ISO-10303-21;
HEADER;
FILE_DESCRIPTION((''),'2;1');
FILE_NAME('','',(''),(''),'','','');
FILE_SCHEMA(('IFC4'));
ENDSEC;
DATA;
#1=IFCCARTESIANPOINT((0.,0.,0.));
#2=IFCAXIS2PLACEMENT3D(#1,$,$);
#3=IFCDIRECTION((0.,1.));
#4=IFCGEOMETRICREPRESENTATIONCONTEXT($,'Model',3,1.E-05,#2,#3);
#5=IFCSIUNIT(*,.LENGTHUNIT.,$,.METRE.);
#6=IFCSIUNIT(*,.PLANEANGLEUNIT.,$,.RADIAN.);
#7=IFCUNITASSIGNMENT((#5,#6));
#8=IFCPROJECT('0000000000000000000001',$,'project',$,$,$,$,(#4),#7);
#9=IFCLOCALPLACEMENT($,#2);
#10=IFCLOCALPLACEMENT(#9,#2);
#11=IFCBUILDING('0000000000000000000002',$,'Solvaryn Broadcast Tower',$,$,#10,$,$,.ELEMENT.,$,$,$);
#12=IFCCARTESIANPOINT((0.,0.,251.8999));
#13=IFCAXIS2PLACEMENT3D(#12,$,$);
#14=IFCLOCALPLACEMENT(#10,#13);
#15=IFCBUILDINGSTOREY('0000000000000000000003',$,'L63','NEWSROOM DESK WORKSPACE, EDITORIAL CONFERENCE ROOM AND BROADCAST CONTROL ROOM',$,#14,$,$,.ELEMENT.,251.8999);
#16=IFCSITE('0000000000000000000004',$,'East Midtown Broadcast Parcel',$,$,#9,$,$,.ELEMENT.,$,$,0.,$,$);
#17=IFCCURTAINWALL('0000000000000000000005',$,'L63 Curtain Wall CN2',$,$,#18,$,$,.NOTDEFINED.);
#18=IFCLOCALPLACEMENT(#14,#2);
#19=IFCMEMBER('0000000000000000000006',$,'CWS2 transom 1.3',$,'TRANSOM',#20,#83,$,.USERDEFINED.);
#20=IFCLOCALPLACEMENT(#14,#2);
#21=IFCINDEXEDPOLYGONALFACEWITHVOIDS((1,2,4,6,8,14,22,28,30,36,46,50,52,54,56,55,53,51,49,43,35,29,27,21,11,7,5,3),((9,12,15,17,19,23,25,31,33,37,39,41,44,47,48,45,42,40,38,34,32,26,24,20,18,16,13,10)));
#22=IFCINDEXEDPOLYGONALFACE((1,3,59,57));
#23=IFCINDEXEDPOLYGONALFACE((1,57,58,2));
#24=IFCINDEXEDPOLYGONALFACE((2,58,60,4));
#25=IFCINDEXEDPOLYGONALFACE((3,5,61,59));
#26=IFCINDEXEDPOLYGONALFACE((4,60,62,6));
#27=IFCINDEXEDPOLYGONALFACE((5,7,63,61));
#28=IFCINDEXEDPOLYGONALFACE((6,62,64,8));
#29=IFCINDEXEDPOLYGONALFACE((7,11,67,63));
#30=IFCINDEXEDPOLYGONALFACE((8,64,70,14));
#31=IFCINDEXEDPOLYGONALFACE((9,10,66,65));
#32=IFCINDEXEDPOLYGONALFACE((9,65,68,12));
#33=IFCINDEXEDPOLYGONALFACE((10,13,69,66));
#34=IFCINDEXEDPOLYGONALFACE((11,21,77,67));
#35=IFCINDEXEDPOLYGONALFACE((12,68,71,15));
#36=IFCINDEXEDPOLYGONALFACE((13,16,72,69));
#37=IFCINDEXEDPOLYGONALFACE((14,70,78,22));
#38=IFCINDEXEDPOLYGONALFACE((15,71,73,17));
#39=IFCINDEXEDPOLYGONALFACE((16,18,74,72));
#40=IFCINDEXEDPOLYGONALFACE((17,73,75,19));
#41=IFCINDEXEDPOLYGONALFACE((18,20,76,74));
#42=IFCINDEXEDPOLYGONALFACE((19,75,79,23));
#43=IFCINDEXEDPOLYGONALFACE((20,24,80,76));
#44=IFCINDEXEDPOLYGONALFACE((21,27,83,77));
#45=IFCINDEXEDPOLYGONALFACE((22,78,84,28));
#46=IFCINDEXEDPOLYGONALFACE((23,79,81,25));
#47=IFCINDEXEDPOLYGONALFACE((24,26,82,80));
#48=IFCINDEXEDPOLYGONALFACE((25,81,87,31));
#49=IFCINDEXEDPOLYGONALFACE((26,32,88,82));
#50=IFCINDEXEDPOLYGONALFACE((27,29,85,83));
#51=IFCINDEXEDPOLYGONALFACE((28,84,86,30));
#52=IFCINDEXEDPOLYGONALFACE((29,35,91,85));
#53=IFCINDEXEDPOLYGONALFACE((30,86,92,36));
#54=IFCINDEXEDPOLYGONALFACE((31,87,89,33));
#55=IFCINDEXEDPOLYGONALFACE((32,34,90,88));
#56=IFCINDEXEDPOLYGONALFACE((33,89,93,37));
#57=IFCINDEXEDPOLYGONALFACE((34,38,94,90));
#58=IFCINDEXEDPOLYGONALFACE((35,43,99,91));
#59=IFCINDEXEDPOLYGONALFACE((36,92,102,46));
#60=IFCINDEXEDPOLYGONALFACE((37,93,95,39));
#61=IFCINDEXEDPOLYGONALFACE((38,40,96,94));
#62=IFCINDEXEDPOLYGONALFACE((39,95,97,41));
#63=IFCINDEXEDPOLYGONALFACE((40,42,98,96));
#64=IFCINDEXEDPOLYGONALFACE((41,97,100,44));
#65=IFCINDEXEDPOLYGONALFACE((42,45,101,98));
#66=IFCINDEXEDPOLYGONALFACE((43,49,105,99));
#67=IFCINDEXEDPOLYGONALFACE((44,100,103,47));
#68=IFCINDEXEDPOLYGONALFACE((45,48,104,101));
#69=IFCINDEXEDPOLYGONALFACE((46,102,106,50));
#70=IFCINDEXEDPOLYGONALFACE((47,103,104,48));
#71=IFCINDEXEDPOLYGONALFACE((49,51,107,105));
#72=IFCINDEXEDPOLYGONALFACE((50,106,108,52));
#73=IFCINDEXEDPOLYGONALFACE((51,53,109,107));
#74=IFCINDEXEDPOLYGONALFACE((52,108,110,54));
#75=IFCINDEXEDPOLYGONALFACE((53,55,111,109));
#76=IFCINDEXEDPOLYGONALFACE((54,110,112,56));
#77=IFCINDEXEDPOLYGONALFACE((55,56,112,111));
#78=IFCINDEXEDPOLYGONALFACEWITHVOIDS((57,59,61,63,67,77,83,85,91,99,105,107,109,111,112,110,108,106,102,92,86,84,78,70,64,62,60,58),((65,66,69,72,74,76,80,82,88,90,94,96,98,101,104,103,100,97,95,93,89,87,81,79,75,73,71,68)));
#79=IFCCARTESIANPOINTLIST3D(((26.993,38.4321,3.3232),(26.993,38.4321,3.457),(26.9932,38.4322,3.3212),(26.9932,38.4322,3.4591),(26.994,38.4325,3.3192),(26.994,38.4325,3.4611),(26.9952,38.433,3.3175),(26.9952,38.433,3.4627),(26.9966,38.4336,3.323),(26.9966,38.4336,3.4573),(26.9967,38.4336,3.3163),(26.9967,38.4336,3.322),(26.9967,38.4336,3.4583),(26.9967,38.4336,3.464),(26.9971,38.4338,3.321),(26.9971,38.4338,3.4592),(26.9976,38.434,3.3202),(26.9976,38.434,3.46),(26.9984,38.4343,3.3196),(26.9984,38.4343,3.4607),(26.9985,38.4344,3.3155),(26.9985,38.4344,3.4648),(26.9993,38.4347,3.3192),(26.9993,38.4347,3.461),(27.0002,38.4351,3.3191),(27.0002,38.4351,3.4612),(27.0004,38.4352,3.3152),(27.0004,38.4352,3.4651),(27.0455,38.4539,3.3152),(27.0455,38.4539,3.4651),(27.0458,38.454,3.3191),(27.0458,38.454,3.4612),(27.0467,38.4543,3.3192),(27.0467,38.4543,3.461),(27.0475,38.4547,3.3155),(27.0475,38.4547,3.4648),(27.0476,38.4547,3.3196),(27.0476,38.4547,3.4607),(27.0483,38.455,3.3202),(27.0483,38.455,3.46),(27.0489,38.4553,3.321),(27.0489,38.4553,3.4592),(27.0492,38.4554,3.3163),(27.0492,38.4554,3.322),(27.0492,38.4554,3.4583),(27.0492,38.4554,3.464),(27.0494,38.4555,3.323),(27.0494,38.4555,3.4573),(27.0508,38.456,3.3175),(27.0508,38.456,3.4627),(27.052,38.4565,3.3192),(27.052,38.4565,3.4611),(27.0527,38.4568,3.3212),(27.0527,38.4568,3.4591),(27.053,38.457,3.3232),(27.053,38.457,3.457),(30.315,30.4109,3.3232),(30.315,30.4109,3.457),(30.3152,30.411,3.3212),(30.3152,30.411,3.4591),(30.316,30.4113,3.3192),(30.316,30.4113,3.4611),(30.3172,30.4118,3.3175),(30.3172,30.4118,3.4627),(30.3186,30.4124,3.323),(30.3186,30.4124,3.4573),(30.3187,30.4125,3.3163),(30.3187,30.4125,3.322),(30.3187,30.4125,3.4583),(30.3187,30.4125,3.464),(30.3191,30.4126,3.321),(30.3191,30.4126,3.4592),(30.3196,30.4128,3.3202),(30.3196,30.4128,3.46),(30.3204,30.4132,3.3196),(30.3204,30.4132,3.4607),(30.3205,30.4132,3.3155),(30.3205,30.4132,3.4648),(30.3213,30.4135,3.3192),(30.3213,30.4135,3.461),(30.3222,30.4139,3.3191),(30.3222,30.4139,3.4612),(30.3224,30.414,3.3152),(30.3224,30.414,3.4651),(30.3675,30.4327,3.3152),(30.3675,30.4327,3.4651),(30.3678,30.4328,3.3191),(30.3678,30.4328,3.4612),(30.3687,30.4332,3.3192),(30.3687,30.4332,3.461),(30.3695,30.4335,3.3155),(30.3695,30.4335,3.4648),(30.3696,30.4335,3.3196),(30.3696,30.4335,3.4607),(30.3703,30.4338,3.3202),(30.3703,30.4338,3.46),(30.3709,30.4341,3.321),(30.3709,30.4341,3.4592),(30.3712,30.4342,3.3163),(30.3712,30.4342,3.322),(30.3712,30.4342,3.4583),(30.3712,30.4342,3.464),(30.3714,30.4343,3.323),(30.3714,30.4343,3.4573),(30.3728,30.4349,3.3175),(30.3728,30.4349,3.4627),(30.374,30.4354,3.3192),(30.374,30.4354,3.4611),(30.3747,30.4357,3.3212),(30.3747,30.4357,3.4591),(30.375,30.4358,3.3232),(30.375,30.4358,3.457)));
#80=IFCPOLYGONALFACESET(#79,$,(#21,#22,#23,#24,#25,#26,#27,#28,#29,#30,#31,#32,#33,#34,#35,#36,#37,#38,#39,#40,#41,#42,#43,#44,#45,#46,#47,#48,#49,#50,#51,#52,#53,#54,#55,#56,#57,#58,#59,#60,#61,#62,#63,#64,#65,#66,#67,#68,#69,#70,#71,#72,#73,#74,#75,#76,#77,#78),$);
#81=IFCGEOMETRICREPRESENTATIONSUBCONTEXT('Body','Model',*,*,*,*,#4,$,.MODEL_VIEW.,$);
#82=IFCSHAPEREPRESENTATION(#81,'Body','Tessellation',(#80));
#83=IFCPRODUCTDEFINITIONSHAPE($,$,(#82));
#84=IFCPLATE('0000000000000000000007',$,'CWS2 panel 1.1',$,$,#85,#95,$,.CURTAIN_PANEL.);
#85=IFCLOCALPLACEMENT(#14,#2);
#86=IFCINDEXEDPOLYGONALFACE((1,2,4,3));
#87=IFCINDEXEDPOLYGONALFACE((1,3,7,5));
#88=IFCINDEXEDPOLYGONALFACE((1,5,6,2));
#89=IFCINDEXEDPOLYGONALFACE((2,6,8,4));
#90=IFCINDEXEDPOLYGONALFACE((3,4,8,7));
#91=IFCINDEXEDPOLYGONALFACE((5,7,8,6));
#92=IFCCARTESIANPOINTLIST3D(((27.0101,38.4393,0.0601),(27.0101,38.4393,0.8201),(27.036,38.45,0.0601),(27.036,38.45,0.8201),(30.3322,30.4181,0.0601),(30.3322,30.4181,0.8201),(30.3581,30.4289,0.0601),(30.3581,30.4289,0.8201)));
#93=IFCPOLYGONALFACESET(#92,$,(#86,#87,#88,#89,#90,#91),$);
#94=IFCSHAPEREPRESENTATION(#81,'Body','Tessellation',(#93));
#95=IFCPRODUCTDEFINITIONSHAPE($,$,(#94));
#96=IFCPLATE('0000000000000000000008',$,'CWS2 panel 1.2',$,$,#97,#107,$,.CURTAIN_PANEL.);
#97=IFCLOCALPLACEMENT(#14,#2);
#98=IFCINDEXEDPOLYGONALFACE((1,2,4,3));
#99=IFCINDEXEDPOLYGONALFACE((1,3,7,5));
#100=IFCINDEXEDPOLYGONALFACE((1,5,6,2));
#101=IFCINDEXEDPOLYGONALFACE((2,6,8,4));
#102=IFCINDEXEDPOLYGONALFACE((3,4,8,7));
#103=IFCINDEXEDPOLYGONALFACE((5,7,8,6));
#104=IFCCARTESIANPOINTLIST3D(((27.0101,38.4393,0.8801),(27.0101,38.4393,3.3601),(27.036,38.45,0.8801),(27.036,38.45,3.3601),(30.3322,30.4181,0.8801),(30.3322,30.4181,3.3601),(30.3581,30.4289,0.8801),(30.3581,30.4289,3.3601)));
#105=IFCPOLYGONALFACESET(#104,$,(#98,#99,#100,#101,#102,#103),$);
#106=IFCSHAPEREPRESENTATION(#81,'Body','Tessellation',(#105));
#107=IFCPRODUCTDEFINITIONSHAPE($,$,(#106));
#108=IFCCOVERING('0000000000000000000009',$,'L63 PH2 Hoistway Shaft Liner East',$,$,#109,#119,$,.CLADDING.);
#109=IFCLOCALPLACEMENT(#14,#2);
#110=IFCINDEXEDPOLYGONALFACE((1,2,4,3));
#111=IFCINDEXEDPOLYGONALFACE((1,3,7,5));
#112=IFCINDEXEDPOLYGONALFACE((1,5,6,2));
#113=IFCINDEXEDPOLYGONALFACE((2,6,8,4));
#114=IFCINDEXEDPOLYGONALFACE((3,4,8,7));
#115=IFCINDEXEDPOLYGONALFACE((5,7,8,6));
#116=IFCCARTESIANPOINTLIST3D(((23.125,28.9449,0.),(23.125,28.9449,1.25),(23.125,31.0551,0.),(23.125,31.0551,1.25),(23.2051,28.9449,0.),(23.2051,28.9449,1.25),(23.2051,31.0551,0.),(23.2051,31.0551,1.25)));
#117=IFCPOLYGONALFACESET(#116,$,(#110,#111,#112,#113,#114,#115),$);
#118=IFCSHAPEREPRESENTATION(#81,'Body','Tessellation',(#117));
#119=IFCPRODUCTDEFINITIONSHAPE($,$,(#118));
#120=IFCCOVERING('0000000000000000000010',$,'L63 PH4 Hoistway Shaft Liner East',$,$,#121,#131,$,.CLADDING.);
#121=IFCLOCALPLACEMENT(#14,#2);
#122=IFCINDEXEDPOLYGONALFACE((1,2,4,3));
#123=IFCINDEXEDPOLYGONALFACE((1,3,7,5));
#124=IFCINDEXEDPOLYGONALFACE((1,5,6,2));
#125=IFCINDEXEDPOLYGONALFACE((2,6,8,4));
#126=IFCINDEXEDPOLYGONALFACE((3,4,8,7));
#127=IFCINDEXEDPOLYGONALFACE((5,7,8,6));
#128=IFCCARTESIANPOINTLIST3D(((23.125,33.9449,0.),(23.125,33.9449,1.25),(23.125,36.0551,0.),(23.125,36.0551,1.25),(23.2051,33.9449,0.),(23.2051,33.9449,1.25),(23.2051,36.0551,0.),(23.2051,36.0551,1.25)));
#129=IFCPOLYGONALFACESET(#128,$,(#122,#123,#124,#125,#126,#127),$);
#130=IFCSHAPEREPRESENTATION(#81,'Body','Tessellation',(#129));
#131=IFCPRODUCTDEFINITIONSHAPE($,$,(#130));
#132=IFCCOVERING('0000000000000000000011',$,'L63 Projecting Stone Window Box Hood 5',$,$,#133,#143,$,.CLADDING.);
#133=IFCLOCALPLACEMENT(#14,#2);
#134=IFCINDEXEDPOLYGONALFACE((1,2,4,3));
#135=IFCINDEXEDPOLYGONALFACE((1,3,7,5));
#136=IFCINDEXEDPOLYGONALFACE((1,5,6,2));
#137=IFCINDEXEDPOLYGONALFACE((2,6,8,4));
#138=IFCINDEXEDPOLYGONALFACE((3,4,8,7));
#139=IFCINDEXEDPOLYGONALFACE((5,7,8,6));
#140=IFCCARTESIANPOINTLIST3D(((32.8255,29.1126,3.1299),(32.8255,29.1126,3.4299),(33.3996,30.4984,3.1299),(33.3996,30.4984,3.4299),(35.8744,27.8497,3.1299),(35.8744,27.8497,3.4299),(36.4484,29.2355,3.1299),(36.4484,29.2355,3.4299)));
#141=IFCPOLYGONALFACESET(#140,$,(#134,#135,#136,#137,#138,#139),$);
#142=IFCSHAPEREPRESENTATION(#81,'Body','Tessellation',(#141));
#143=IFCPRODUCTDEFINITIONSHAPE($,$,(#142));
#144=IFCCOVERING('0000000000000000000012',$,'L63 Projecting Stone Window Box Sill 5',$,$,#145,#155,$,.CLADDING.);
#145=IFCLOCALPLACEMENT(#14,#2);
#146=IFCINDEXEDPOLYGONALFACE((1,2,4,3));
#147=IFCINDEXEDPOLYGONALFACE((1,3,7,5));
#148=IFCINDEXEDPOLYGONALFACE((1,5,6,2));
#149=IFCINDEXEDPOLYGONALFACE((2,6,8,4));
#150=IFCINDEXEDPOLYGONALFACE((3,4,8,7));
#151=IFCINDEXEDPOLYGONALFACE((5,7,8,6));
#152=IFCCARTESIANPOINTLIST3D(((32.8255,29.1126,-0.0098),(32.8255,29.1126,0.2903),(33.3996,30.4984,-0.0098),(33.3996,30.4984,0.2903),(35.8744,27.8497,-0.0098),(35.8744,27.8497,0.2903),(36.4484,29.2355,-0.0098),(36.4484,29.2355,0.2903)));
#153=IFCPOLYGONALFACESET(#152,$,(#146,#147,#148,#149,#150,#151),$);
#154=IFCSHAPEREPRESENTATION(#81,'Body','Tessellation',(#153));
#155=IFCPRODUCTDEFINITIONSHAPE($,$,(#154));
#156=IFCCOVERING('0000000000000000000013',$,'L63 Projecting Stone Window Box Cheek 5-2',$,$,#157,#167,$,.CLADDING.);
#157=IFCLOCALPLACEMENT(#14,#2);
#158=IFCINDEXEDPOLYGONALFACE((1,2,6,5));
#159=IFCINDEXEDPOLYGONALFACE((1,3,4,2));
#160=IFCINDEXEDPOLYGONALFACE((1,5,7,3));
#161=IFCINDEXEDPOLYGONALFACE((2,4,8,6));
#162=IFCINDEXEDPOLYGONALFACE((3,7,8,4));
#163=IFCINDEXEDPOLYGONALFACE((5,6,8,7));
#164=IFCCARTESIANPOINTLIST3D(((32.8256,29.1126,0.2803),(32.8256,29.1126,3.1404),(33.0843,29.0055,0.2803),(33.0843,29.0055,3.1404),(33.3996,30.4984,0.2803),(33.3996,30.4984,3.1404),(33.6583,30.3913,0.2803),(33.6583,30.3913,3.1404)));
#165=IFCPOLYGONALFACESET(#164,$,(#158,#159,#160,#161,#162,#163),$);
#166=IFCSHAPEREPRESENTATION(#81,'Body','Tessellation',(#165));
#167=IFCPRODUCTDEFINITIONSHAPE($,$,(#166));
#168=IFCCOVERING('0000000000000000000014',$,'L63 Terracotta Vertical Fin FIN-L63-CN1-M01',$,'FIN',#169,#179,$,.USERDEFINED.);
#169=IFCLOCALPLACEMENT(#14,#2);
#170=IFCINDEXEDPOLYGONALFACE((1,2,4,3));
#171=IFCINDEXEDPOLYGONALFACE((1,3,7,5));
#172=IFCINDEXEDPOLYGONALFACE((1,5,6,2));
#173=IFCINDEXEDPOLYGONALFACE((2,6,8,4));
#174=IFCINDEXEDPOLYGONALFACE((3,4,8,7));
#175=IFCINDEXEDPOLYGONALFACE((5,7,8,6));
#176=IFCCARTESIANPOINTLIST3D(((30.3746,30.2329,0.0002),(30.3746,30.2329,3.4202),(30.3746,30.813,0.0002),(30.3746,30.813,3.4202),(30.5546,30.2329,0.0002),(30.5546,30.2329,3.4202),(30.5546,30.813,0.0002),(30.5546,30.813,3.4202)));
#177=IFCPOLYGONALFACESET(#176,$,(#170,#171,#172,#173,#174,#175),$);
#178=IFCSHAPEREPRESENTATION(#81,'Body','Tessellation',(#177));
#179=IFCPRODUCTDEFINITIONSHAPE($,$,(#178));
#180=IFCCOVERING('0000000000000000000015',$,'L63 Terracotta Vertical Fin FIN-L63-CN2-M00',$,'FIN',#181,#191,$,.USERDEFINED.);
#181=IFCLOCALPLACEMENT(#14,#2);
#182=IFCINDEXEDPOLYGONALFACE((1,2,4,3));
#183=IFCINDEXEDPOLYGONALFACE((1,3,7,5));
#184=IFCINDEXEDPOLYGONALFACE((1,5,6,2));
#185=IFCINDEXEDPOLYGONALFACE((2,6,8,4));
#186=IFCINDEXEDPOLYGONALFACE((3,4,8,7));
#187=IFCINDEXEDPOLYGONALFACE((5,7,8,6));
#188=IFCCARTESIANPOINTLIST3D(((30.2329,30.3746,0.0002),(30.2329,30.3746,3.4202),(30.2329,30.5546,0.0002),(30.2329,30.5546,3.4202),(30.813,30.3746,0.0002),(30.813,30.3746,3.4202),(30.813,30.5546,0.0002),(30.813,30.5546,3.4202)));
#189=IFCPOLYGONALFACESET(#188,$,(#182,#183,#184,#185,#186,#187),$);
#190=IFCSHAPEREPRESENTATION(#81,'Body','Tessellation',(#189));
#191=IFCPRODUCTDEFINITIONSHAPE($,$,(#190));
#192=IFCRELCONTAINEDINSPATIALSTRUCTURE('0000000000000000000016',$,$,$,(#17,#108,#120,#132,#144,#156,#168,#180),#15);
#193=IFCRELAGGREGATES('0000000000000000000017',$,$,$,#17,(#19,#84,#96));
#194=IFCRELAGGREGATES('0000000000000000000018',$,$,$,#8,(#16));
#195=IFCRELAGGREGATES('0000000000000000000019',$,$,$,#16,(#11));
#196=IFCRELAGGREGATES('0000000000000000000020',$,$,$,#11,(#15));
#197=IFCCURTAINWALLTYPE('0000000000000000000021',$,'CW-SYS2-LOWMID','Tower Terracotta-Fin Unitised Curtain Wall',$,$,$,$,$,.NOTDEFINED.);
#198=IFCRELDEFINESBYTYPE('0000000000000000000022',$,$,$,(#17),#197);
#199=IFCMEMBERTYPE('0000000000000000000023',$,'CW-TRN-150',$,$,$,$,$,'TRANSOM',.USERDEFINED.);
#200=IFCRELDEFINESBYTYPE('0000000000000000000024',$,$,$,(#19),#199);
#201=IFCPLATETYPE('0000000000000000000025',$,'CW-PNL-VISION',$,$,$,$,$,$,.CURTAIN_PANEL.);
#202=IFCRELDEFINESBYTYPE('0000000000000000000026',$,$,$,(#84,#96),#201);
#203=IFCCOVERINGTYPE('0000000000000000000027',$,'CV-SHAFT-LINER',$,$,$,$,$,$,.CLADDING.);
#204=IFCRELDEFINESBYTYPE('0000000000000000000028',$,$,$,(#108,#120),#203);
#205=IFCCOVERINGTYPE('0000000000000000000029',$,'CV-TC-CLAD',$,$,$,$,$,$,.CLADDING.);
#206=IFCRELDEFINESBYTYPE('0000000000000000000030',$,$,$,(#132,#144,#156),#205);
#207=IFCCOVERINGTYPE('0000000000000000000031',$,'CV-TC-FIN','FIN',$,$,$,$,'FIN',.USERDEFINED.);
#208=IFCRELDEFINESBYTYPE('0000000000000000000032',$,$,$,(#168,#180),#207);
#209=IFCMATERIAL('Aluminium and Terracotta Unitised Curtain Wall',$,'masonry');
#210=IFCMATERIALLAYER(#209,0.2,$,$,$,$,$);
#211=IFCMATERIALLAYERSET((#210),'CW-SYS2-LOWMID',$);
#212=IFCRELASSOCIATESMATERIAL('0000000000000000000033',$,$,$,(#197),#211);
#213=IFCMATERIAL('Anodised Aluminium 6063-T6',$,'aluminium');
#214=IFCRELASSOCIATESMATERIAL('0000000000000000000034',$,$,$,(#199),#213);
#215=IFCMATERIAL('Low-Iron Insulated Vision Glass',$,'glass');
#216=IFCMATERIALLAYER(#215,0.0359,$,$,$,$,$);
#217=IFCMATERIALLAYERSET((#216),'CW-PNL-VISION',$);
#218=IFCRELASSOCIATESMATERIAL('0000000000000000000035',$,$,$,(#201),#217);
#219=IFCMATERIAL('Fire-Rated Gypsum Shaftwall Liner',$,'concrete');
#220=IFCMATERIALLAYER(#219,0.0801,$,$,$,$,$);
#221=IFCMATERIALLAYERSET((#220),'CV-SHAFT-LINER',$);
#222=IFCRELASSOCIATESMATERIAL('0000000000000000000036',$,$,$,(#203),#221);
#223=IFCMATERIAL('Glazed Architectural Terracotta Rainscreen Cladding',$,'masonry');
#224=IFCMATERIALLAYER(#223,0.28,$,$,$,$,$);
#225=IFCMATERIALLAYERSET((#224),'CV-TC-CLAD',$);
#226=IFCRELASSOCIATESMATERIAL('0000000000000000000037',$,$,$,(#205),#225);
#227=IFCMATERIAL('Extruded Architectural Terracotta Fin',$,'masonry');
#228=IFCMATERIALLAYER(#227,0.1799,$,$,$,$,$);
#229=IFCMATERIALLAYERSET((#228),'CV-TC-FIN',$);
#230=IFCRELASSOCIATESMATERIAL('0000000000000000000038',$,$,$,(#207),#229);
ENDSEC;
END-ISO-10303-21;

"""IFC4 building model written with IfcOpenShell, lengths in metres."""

from ifc_helpers import new_model, si_unit, direction, frame, origin, origin_2d, place, context, subcontext, project, spatial, rectangle, hollow_rectangle, extrude, material, layer, layer_set, material_profile, profile_set, type_object, element, aggregate, save


model = new_model("IFC4")

# Units and contexts
model_context = context("Model", 3, precision=1e-05, world=origin(), true_north=direction((0.0, 1.0)))
body_context = subcontext(model_context, "Body", "Model", "MODEL_VIEW")
ifc_project = project(units=[si_unit("LENGTHUNIT", "METRE"), si_unit("PLANEANGLEUNIT", "RADIAN")], contexts=[model_context])

# Site, building, storey
site_placement = place(None, origin())
site = spatial("IfcSite", under=ifc_project, at=site_placement, Name="East Midtown Broadcast Parcel", CompositionType="ELEMENT", RefElevation=0.0)
building_placement = place(site_placement, origin())
building = spatial("IfcBuilding", under=site, at=building_placement, Name="Solvaryn Broadcast Tower", CompositionType="ELEMENT")
storey_placement = place(building_placement, frame((0.0, 0.0, 251.8999)))
storey = spatial("IfcBuildingStorey", under=building, at=storey_placement, Name="L63", Description="NEWSROOM DESK WORKSPACE, EDITORIAL CONFERENCE ROOM AND BROADCAST CONTROL ROOM", CompositionType="ELEMENT", Elevation=251.8999)

# Shared definitions
ifc_material_1 = material(Name="Aluminium and Terracotta Unitised Curtain Wall", Category="masonry")
ifc_layer_1 = layer(ifc_material_1, 0.2)
ifc_layer_set_1 = layer_set([ifc_layer_1], Name="CW-SYS2-LOWMID")
curtain_wall_type = type_object("IfcCurtainWallType", Name="CW-SYS2-LOWMID", Description="Tower Terracotta-Fin Unitised Curtain Wall", PredefinedType="NOTDEFINED", material=ifc_layer_set_1)

# Curtain wall, member, plates
curtain_wall_1_placement = place(storey_placement, origin())
curtain_wall_1 = element("IfcCurtainWall", 1, at=curtain_wall_1_placement, inside=storey, type_object=curtain_wall_type, Name="L63 Curtain Wall CN2", PredefinedType="NOTDEFINED")
ifc_material_2 = material(Name="Anodised Aluminium 6063-T6", Category="aluminium")
ifc_material_profile_1 = material_profile(ifc_material_2, hollow_rectangle(XDim=0.0649, YDim=0.1499, WallThickness=0.0039, InnerFilletRadius=0.0039, OuterFilletRadius=0.0081, at=origin_2d()))
ifc_profile_set_1 = profile_set([ifc_material_profile_1], Name="Anodised Aluminium 6063-T6")
member_type_1 = type_object("IfcMemberType", Name="CW-TRN-150", ElementType="TRANSOM", PredefinedType="USERDEFINED", material=ifc_profile_set_1)
member_1_placement = place(storey_placement, frame((30.345, 30.4233, 3.3901), z_axis=(-0.382636, 0.923899, 0.0), x_axis=(-0.923899, -0.382636, 0.0)))
member_1 = element("IfcMember", 2, at=member_1_placement, type_object=member_type_1, Name="CWS2 transom 1.3", ObjectType="TRANSOM", PredefinedType="USERDEFINED", context=body_context, shape_type="SweptSolid", body=[
    extrude(hollow_rectangle(XDim=0.0649, YDim=0.1499, WallThickness=0.0039, InnerFilletRadius=0.0039, OuterFilletRadius=0.0081, at=origin_2d()), origin(), (0.0, 0.0, 1.0), 8.6819),
])
ifc_material_3 = material(Name="Low-Iron Insulated Vision Glass", Category="glass")
ifc_layer_2 = layer(ifc_material_3, 0.0359)
ifc_layer_set_2 = layer_set([ifc_layer_2], Name="CW-PNL-VISION")
plate_type = type_object("IfcPlateType", Name="CW-PNL-VISION", PredefinedType="CURTAIN_PANEL", material=ifc_layer_set_2)
plate_1_placement = place(storey_placement, frame((28.6841, 34.4341, 0.0601), z_axis=(0.0, 0.0, 1.0), x_axis=(-0.382646, 0.923895, 0.0)))
plate_1 = element("IfcPlate", 3, at=plate_1_placement, type_object=plate_type, Name="CWS2 panel 1.1", PredefinedType="CURTAIN_PANEL", context=body_context, shape_type="SweptSolid", body=[
    extrude(rectangle(XDim=8.6819, YDim=0.0281, at=origin_2d()), origin(), (0.0, 0.0, 1.0), 0.76),
])
plate_2_placement = place(storey_placement, frame((28.6841, 34.4341, 0.8801), z_axis=(0.0, 0.0, 1.0), x_axis=(-0.382646, 0.923895, 0.0)))
plate_2 = element("IfcPlate", 4, at=plate_2_placement, type_object=plate_type, Name="CWS2 panel 1.2", PredefinedType="CURTAIN_PANEL", context=body_context, shape_type="SweptSolid", body=[
    extrude(rectangle(XDim=8.6819, YDim=0.0281, at=origin_2d()), origin(), (0.0, 0.0, 1.0), 2.48),
])
aggregate(curtain_wall_1, [member_1, plate_1, plate_2])

# Coverings
ifc_material_4 = material(Name="Fire-Rated Gypsum Shaftwall Liner", Category="concrete")
ifc_layer_3 = layer(ifc_material_4, 0.0801)
ifc_layer_set_3 = layer_set([ifc_layer_3], Name="CV-SHAFT-LINER")
covering_type_1 = type_object("IfcCoveringType", Name="CV-SHAFT-LINER", PredefinedType="CLADDING", material=ifc_layer_set_3)
for number, where, z_axis, x_axis, name in (
    (5, (23.165, 30.0, 0.0), (0.0, 0.0, 1.0), (1.0, 0.0, 0.0), "L63 PH2 Hoistway Shaft Liner East"),
    (6, (23.165, 35.0, 0.0), (0.0, 0.0, 1.0), (1.0, 0.0, 0.0), "L63 PH4 Hoistway Shaft Liner East"),
):
    element("IfcCovering", number, at=place(storey_placement, frame(where, z_axis=z_axis, x_axis=x_axis)), inside=storey, type_object=covering_type_1, Name=name, PredefinedType="CLADDING", context=body_context, shape_type="SweptSolid", body=[
        extrude(rectangle(XDim=0.0801, YDim=2.1101, at=origin_2d()), origin(), (0.0, 0.0, 1.0), 1.25),
    ])
ifc_material_5 = material(Name="Glazed Architectural Terracotta Rainscreen Cladding", Category="masonry")
ifc_layer_4 = layer(ifc_material_5, 0.28)
ifc_layer_set_4 = layer_set([ifc_layer_4], Name="CV-TC-CLAD")
covering_type_2 = type_object("IfcCoveringType", Name="CV-TC-CLAD", PredefinedType="CLADDING", material=ifc_layer_set_4)
for number, where, z_axis, x_axis, name in (
    (7, (34.637, 29.1741, 3.1299), (0.0, 0.0, 1.0), (-0.92388, 0.382683, 0.0), "L63 Projecting Stone Window Box Hood 5"),
    (8, (34.637, 29.1741, -0.0098), (0.0, 0.0, 1.0), (-0.92388, 0.382683, 0.0), "L63 Projecting Stone Window Box Sill 5"),
):
    element("IfcCovering", number, at=place(storey_placement, frame(where, z_axis=z_axis, x_axis=x_axis)), inside=storey, type_object=covering_type_2, Name=name, PredefinedType="CLADDING", context=body_context, shape_type="SweptSolid", body=[
        extrude(rectangle(XDim=3.3, YDim=1.5, at=origin_2d()), origin(), (0.0, 0.0, 1.0), 0.3),
    ])
covering_1_placement = place(storey_placement, frame((33.2419, 29.752, 0.2803), z_axis=(0.0, 0.0, 1.0), x_axis=(-0.92388, 0.382683, 0.0)))
element("IfcCovering", 9, at=covering_1_placement, inside=storey, type_object=covering_type_2, Name="L63 Projecting Stone Window Box Cheek 5-2", PredefinedType="CLADDING", context=body_context, shape_type="SweptSolid", body=[
    extrude(rectangle(XDim=0.28, YDim=1.5, at=origin_2d()), origin(), (0.0, 0.0, 1.0), 2.8601),
])
ifc_material_6 = material(Name="Extruded Architectural Terracotta Fin", Category="masonry")
ifc_layer_5 = layer(ifc_material_6, 0.1799)
ifc_layer_set_5 = layer_set([ifc_layer_5], Name="CV-TC-FIN")
covering_type_3 = type_object("IfcCoveringType", Name="CV-TC-FIN", Description="FIN", ElementType="FIN", PredefinedType="USERDEFINED", material=ifc_layer_set_5)
covering_2_placement = place(storey_placement, frame((30.4646, 30.5229, 0.0002), z_axis=(0.0, 0.0, 1.0), x_axis=(1.0, 0.0, 0.0)))
element("IfcCovering", 10, at=covering_2_placement, inside=storey, type_object=covering_type_3, Name="L63 Terracotta Vertical Fin FIN-L63-CN1-M01", ObjectType="FIN", PredefinedType="USERDEFINED", context=body_context, shape_type="SweptSolid", body=[
    extrude(rectangle(XDim=0.1799, YDim=0.5801, at=origin_2d()), origin(), (0.0, 0.0, 1.0), 3.4199),
])
covering_3_placement = place(storey_placement, frame((30.5229, 30.4646, 0.0002), z_axis=(0.0, 0.0, 1.0), x_axis=(1.0, 0.0, 0.0)))
element("IfcCovering", 11, at=covering_3_placement, inside=storey, type_object=covering_type_3, Name="L63 Terracotta Vertical Fin FIN-L63-CN2-M00", ObjectType="FIN", PredefinedType="USERDEFINED", context=body_context, shape_type="SweptSolid", body=[
    extrude(rectangle(XDim=0.5801, YDim=0.1799, at=origin_2d()), origin(), (0.0, 0.0, 1.0), 3.4199),
])

save(model, "model.ifc")
